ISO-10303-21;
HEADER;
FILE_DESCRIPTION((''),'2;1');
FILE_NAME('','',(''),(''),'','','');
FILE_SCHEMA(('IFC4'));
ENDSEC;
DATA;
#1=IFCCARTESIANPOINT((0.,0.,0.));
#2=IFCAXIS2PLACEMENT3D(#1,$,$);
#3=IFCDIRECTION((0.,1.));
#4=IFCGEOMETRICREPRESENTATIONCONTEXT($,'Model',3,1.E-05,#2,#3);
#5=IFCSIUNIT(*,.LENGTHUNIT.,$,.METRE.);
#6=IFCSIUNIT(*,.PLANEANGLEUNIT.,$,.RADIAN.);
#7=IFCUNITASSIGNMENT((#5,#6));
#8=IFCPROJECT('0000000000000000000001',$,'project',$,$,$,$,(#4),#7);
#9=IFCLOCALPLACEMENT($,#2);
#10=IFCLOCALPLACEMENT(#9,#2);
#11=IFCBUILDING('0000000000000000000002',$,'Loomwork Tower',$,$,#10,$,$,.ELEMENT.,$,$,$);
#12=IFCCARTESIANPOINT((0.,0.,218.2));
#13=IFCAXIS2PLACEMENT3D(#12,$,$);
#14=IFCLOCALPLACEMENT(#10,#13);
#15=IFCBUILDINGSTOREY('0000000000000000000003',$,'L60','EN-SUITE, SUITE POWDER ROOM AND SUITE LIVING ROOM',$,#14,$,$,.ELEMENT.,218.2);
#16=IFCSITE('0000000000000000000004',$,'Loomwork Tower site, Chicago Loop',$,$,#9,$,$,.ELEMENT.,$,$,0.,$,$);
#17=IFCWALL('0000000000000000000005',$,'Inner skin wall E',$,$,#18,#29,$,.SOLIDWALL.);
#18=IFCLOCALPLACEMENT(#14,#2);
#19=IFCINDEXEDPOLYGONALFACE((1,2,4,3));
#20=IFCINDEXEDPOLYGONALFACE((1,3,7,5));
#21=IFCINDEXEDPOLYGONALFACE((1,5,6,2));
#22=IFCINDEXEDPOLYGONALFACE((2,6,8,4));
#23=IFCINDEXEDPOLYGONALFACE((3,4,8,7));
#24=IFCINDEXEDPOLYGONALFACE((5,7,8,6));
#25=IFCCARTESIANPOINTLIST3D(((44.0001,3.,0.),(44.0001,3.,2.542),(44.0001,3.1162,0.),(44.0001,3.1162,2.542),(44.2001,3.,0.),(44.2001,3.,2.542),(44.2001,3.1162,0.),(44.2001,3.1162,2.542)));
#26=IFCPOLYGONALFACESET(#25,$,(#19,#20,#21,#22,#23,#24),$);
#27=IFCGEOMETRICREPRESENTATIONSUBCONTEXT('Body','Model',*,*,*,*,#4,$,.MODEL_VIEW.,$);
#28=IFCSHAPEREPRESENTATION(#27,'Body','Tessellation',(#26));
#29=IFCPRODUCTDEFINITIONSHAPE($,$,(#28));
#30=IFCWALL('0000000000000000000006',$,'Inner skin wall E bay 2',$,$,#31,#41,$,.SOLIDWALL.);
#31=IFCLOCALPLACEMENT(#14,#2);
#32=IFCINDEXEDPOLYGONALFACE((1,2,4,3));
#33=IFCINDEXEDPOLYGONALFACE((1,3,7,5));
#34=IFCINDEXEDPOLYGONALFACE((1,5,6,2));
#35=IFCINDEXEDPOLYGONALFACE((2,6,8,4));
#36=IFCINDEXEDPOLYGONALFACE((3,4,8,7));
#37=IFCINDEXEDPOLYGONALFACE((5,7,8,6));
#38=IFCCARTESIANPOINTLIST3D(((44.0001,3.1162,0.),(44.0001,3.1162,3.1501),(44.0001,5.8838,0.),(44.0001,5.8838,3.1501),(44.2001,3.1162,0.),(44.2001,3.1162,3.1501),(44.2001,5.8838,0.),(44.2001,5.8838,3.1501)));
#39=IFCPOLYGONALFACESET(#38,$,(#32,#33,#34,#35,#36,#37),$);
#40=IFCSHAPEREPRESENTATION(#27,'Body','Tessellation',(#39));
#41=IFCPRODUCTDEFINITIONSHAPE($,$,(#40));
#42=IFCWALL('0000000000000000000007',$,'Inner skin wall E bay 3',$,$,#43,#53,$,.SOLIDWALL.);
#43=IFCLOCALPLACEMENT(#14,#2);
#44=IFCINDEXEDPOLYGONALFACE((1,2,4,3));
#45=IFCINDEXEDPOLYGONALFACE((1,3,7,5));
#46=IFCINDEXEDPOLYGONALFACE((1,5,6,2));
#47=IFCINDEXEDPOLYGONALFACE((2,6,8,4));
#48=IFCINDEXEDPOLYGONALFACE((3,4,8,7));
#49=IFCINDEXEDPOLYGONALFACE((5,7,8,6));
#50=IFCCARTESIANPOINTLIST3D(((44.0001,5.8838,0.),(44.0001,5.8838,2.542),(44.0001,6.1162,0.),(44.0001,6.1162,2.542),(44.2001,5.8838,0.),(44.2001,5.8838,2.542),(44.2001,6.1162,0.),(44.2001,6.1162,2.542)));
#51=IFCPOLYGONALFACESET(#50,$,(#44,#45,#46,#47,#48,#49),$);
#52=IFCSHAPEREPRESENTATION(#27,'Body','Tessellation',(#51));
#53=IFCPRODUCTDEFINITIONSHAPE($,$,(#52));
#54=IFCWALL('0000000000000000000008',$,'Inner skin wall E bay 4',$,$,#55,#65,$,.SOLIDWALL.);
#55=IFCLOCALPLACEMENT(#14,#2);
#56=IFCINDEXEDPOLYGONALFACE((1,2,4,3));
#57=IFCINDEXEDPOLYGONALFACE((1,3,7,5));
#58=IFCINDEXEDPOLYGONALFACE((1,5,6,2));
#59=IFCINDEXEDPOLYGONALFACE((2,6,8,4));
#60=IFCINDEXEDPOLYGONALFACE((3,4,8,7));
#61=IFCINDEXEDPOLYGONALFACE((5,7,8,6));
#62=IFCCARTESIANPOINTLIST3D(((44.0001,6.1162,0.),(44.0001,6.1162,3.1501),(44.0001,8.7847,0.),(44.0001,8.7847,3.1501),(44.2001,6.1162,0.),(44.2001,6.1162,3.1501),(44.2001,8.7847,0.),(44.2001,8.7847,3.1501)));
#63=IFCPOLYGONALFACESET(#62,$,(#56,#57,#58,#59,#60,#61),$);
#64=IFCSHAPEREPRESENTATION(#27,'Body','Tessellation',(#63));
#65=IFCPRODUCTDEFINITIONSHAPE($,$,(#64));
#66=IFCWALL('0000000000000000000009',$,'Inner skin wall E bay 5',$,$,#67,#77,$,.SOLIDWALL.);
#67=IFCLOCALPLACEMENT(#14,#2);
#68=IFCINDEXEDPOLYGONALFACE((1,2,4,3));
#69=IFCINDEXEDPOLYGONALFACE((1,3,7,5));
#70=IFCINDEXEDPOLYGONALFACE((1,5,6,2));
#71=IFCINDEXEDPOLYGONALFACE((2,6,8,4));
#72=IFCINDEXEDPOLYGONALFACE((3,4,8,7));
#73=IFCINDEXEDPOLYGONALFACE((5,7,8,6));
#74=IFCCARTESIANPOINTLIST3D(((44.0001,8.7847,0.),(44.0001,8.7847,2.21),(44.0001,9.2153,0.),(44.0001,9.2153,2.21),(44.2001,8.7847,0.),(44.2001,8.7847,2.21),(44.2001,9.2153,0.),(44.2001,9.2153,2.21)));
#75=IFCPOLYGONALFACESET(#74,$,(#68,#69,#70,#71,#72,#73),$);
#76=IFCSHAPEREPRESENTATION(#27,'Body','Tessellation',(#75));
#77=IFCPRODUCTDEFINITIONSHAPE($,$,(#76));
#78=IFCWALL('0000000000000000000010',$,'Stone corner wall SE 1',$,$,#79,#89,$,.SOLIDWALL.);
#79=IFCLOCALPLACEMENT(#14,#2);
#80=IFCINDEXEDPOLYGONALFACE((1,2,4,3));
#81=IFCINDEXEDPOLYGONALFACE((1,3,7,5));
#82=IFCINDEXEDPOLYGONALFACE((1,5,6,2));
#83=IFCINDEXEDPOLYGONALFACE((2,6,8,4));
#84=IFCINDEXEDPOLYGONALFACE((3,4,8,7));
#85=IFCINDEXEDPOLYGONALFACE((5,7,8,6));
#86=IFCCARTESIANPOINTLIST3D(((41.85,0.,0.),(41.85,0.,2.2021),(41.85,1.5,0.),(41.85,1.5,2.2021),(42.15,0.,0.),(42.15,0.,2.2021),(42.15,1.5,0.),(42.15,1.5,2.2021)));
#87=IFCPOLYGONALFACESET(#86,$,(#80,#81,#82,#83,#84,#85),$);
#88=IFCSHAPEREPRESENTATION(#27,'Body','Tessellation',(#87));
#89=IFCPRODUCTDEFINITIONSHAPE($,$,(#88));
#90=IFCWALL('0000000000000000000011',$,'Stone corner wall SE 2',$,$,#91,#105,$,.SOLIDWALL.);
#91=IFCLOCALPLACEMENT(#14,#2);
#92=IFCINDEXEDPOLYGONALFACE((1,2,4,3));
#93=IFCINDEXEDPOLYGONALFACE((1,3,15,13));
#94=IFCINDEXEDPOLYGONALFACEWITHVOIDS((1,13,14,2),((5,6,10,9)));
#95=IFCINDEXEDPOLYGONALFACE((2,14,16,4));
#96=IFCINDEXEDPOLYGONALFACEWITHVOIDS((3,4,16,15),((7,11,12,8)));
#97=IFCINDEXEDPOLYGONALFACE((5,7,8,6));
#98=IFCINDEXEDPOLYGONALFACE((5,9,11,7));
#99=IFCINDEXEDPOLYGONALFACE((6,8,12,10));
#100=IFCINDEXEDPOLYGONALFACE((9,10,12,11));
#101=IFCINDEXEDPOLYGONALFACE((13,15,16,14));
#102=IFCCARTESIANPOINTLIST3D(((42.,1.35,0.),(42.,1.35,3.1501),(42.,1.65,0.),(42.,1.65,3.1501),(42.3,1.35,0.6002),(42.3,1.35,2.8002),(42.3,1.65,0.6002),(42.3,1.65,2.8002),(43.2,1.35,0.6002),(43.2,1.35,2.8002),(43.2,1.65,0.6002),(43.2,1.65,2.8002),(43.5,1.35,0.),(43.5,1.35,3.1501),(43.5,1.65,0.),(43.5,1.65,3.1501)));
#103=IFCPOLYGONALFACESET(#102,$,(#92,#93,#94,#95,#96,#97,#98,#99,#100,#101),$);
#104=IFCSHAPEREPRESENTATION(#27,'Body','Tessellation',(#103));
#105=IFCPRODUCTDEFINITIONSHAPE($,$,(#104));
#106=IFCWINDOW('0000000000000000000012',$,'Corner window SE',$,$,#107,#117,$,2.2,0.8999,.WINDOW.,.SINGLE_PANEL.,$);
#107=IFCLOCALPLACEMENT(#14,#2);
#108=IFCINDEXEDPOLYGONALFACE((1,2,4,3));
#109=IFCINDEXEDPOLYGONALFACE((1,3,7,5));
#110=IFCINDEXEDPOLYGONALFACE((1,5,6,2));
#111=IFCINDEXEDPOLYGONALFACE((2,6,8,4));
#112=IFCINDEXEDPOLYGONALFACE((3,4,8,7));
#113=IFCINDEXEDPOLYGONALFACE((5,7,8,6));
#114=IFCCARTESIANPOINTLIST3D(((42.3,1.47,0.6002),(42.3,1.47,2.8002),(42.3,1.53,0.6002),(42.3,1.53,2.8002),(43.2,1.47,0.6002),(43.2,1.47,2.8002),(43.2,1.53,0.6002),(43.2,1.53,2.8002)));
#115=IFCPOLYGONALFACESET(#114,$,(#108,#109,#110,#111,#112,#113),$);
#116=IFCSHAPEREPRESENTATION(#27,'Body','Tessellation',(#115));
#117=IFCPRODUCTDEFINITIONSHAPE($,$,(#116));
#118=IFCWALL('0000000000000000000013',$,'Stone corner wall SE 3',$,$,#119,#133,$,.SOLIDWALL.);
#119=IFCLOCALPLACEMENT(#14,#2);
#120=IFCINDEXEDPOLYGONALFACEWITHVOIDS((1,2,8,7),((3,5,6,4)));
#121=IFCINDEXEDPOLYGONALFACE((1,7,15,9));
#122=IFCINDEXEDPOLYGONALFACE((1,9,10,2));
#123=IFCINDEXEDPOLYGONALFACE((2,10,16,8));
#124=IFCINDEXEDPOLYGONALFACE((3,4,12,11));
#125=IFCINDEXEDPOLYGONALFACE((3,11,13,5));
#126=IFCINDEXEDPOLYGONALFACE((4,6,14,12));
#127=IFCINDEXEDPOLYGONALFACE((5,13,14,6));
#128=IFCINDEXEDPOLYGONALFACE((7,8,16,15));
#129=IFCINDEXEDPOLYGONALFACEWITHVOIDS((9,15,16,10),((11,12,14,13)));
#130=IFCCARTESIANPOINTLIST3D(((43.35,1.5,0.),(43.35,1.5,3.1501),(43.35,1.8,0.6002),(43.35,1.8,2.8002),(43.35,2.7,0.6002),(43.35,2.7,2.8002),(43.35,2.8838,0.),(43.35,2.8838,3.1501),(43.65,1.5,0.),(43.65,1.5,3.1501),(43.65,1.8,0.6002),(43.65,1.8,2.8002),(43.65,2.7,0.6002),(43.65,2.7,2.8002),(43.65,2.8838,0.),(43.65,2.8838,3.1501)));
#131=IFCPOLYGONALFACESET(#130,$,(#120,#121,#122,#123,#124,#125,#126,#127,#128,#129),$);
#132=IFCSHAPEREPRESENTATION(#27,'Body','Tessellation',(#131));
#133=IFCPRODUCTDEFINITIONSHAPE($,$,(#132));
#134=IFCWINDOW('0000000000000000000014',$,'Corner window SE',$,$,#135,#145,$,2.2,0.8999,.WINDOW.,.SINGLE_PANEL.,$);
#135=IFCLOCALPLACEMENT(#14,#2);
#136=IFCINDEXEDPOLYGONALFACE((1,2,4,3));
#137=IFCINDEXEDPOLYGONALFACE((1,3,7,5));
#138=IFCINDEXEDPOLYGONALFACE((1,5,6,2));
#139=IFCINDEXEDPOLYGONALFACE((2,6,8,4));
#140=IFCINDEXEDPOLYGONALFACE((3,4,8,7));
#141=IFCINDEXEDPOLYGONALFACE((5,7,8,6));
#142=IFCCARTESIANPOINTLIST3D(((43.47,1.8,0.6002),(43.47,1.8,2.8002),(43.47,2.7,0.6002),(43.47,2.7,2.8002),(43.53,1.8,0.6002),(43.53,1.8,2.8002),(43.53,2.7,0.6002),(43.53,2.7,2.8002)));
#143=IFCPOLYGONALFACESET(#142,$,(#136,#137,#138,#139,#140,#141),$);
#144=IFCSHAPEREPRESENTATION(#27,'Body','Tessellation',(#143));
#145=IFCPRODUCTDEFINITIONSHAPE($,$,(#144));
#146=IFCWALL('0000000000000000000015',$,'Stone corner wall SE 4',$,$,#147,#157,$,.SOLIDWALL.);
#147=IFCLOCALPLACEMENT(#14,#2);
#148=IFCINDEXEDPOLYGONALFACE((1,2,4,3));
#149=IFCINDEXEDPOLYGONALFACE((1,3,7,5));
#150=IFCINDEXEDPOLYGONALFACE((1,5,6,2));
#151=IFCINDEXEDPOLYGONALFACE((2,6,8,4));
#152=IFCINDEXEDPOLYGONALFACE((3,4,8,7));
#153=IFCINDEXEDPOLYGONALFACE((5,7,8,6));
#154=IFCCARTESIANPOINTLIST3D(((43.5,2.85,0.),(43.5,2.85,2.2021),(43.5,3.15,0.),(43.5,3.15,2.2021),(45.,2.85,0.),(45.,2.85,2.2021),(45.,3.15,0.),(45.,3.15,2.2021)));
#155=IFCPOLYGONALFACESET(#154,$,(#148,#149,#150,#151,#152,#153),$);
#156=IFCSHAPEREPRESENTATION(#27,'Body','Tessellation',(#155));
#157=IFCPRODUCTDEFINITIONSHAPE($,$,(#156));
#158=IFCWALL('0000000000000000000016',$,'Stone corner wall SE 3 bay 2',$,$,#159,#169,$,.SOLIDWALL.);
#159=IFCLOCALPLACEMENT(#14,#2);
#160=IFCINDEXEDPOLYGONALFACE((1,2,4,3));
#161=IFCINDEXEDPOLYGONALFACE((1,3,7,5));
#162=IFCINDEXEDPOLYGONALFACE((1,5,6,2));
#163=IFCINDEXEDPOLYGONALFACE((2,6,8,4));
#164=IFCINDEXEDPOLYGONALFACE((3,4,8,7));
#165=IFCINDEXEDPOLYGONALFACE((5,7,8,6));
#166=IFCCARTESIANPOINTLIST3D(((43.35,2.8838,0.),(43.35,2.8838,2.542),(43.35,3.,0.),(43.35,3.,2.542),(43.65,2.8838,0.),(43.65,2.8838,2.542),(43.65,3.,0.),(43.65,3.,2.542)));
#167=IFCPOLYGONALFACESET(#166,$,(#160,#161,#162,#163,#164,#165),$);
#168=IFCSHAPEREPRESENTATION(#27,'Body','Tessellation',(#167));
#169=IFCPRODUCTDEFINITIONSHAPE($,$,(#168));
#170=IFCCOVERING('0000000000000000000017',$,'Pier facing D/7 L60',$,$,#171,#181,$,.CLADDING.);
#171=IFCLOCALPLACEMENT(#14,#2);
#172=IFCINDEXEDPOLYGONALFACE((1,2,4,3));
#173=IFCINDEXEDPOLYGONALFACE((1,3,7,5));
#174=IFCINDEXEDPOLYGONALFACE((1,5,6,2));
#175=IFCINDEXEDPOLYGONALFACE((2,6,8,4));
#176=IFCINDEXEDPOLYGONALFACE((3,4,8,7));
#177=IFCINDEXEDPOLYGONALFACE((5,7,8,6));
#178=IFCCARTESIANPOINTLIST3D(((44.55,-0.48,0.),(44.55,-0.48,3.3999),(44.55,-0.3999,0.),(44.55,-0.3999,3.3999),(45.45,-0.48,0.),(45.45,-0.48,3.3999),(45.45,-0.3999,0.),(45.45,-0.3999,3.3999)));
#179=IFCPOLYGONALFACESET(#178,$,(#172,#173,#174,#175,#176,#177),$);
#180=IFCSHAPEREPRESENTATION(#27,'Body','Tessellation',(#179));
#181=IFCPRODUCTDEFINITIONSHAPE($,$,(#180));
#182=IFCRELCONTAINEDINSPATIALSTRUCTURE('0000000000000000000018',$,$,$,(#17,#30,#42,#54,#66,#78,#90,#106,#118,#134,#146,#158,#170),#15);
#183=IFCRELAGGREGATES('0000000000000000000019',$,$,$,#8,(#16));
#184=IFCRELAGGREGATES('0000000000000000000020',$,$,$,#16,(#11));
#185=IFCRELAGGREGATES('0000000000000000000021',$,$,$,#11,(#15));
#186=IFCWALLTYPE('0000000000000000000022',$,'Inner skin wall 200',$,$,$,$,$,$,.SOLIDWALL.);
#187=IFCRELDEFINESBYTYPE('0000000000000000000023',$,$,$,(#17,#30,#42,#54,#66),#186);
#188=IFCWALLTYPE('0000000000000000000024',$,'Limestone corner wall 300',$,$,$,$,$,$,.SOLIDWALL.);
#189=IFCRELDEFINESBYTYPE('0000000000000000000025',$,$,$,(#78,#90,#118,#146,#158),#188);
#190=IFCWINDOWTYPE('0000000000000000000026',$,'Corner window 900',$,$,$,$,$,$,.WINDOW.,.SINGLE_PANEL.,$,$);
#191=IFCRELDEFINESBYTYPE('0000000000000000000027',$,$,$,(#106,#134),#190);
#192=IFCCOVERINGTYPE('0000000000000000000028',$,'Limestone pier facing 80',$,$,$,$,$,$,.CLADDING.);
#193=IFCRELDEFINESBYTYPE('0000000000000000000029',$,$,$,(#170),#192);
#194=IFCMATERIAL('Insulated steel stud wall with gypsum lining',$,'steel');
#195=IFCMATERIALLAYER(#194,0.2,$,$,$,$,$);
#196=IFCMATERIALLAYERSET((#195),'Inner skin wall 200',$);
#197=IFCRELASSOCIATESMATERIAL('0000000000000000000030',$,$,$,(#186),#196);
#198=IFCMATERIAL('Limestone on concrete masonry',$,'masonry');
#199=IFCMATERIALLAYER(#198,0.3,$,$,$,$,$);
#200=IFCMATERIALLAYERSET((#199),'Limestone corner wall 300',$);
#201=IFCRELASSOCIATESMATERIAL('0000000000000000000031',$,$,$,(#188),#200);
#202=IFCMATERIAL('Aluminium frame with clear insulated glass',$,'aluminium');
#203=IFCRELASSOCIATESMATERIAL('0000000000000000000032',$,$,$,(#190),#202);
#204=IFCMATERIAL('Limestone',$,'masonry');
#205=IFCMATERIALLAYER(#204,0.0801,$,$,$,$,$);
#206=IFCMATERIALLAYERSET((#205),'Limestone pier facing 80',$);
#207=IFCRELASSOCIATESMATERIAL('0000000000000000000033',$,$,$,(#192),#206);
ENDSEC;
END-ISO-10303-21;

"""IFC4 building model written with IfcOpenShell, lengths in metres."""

from ifc_helpers import new_model, si_unit, direction, frame, frame_2d, origin, origin_2d, place, context, subcontext, project, spatial, rectangle, extrude, material, layer, layer_set, type_object, element, fill, save


model = new_model("IFC4")

# Units and contexts
model_context = context("Model", 3, precision=1e-05, world=origin(), true_north=direction((0.0, 1.0)))
body_context = subcontext(model_context, "Body", "Model", "MODEL_VIEW")
ifc_project = project(units=[si_unit("LENGTHUNIT", "METRE"), si_unit("PLANEANGLEUNIT", "RADIAN")], contexts=[model_context])

# Site, building, storey
site_placement = place(None, origin())
site = spatial("IfcSite", under=ifc_project, at=site_placement, Name="Loomwork Tower site, Chicago Loop", CompositionType="ELEMENT", RefElevation=0.0)
building_placement = place(site_placement, origin())
building = spatial("IfcBuilding", under=site, at=building_placement, Name="Loomwork Tower", CompositionType="ELEMENT")
storey_placement = place(building_placement, frame((0.0, 0.0, 218.2)))
storey = spatial("IfcBuildingStorey", under=building, at=storey_placement, Name="L60", Description="EN-SUITE, SUITE POWDER ROOM AND SUITE LIVING ROOM", CompositionType="ELEMENT", Elevation=218.2)

# Walls
ifc_material_1 = material(Name="Insulated steel stud wall with gypsum lining", Category="steel")
ifc_layer_1 = layer(ifc_material_1, 0.2)
ifc_layer_set_1 = layer_set([ifc_layer_1], Name="Inner skin wall 200")
wall_type_1 = type_object("IfcWallType", Name="Inner skin wall 200", PredefinedType="SOLIDWALL", material=ifc_layer_set_1)
wall_1_placement = place(storey_placement, frame((44.1001, 3.0, 0.0), z_axis=(0.0, 0.0, 1.0), x_axis=(0.0, 1.0, 0.0)))
element("IfcWall", 1, at=wall_1_placement, inside=storey, type_object=wall_type_1, Name="Inner skin wall E", PredefinedType="SOLIDWALL", context=body_context, shape_type="SweptSolid", body=[
    extrude(rectangle(XDim=0.1162, YDim=0.2, at=frame_2d((0.0581, 0.0))), origin(), (0.0, 0.0, 1.0), 2.542),
])
wall_2_placement = place(storey_placement, frame((44.1001, 3.1162, 0.0), z_axis=(0.0, 0.0, 1.0), x_axis=(0.0, 1.0, 0.0)))
element("IfcWall", 2, at=wall_2_placement, inside=storey, type_object=wall_type_1, Name="Inner skin wall E bay 2", PredefinedType="SOLIDWALL", context=body_context, shape_type="SweptSolid", body=[
    extrude(rectangle(XDim=2.7676, YDim=0.2, at=frame_2d((1.3838, 0.0))), origin(), (0.0, 0.0, 1.0), 3.1501),
])
wall_3_placement = place(storey_placement, frame((44.1001, 5.8838, 0.0), z_axis=(0.0, 0.0, 1.0), x_axis=(0.0, 1.0, 0.0)))
element("IfcWall", 3, at=wall_3_placement, inside=storey, type_object=wall_type_1, Name="Inner skin wall E bay 3", PredefinedType="SOLIDWALL", context=body_context, shape_type="SweptSolid", body=[
    extrude(rectangle(XDim=0.2324, YDim=0.2, at=frame_2d((0.1162, 0.0))), origin(), (0.0, 0.0, 1.0), 2.542),
])
wall_4_placement = place(storey_placement, frame((44.1001, 6.1162, 0.0), z_axis=(0.0, 0.0, 1.0), x_axis=(0.0, 1.0, 0.0)))
element("IfcWall", 4, at=wall_4_placement, inside=storey, type_object=wall_type_1, Name="Inner skin wall E bay 4", PredefinedType="SOLIDWALL", context=body_context, shape_type="SweptSolid", body=[
    extrude(rectangle(XDim=2.6685, YDim=0.2, at=frame_2d((1.3342, 0.0))), origin(), (0.0, 0.0, 1.0), 3.1501),
])
wall_5_placement = place(storey_placement, frame((44.1001, 8.7847, 0.0), z_axis=(0.0, 0.0, 1.0), x_axis=(0.0, 1.0, 0.0)))
element("IfcWall", 5, at=wall_5_placement, inside=storey, type_object=wall_type_1, Name="Inner skin wall E bay 5", PredefinedType="SOLIDWALL", context=body_context, shape_type="SweptSolid", body=[
    extrude(rectangle(XDim=0.4307, YDim=0.2, at=frame_2d((0.2153, 0.0))), origin(), (0.0, 0.0, 1.0), 2.21),
])
ifc_material_2 = material(Name="Limestone on concrete masonry", Category="masonry")
ifc_layer_2 = layer(ifc_material_2, 0.3)
ifc_layer_set_2 = layer_set([ifc_layer_2], Name="Limestone corner wall 300")
wall_type_2 = type_object("IfcWallType", Name="Limestone corner wall 300", PredefinedType="SOLIDWALL", material=ifc_layer_set_2)
wall_6_placement = place(storey_placement, frame((42.0, 0.0, 0.0), z_axis=(0.0, 0.0, 1.0), x_axis=(0.0, 1.0, 0.0)))
element("IfcWall", 6, at=wall_6_placement, inside=storey, type_object=wall_type_2, Name="Stone corner wall SE 1", PredefinedType="SOLIDWALL", context=body_context, shape_type="SweptSolid", body=[
    extrude(rectangle(XDim=1.5, YDim=0.3, at=frame_2d((0.75, 0.0))), origin(), (0.0, 0.0, 1.0), 2.2021),
])

# Walls, openings, windows
wall_7_placement = place(storey_placement, frame((42.0, 1.5, 0.0), z_axis=(0.0, 0.0, 1.0), x_axis=(1.0, 0.0, 0.0)))
wall_7 = element("IfcWall", 7, at=wall_7_placement, inside=storey, type_object=wall_type_2, Name="Stone corner wall SE 2", PredefinedType="SOLIDWALL", context=body_context, shape_type="SweptSolid", body=[
    extrude(rectangle(XDim=1.5, YDim=0.3, at=frame_2d((0.75, 0.0))), origin(), (0.0, 0.0, 1.0), 3.1501),
])
opening_1_placement = place(wall_7_placement, frame((0.3, 0.0, 0.6001)))
opening_1 = element("IfcOpeningElement", 8, at=opening_1_placement, cuts=wall_7, PredefinedType="OPENING", context=body_context, shape_type="SweptSolid", body=[
    extrude(rectangle(XDim=0.8999, YDim=2.2, at=frame_2d((0.45, 1.1001))), frame((0.0, 0.1599, 0.0), z_axis=(0.0, -1.0, 0.0), x_axis=(1.0, 0.0, 0.0)), (0.0, 0.0, 1.0), 0.3201),
])
ifc_material_3 = material(Name="Aluminium frame with clear insulated glass", Category="aluminium")
window_type = type_object("IfcWindowType", Name="Corner window 900", PartitioningType="SINGLE_PANEL", PredefinedType="WINDOW", material=ifc_material_3)
window_1_placement = place(opening_1_placement, origin())
window_1 = element("IfcWindow", 9, at=window_1_placement, inside=storey, type_object=window_type, Name="Corner window SE", OverallHeight=2.2, OverallWidth=0.8999, PartitioningType="SINGLE_PANEL", PredefinedType="WINDOW", context=body_context, shape_type="SweptSolid", body=[
    extrude(rectangle(XDim=0.8999, YDim=2.2, at=frame_2d((0.45, 1.1001))), frame((0.0, 0.03, 0.0), z_axis=(0.0, -1.0, 0.0), x_axis=(1.0, 0.0, 0.0)), (0.0, 0.0, 1.0), 0.0601),
])
fill(opening_1, window_1)
wall_8_placement = place(storey_placement, frame((43.5, 1.5, 0.0), z_axis=(0.0, 0.0, 1.0), x_axis=(0.0, 1.0, 0.0)))
wall_8 = element("IfcWall", 10, at=wall_8_placement, inside=storey, type_object=wall_type_2, Name="Stone corner wall SE 3", PredefinedType="SOLIDWALL", context=body_context, shape_type="SweptSolid", body=[
    extrude(rectangle(XDim=1.3838, YDim=0.3, at=frame_2d((0.6919, 0.0))), origin(), (0.0, 0.0, 1.0), 3.1501),
])
opening_2_placement = place(wall_8_placement, frame((0.3, 0.0, 0.6001)))
opening_2 = element("IfcOpeningElement", 11, at=opening_2_placement, cuts=wall_8, PredefinedType="OPENING", context=body_context, shape_type="SweptSolid", body=[
    extrude(rectangle(XDim=0.8999, YDim=2.2, at=frame_2d((0.45, 1.1001))), frame((0.0, 0.1599, 0.0), z_axis=(0.0, -1.0, 0.0), x_axis=(1.0, 0.0, 0.0)), (0.0, 0.0, 1.0), 0.3201),
])
window_2_placement = place(opening_2_placement, origin())
window_2 = element("IfcWindow", 12, at=window_2_placement, inside=storey, type_object=window_type, Name="Corner window SE", OverallHeight=2.2, OverallWidth=0.8999, PartitioningType="SINGLE_PANEL", PredefinedType="WINDOW", context=body_context, shape_type="SweptSolid", body=[
    extrude(rectangle(XDim=0.8999, YDim=2.2, at=frame_2d((0.45, 1.1001))), frame((0.0, 0.03, 0.0), z_axis=(0.0, -1.0, 0.0), x_axis=(1.0, 0.0, 0.0)), (0.0, 0.0, 1.0), 0.0601),
])
fill(opening_2, window_2)

# Walls
wall_9_placement = place(storey_placement, frame((43.5, 3.0, 0.0), z_axis=(0.0, 0.0, 1.0), x_axis=(1.0, 0.0, 0.0)))
element("IfcWall", 13, at=wall_9_placement, inside=storey, type_object=wall_type_2, Name="Stone corner wall SE 4", PredefinedType="SOLIDWALL", context=body_context, shape_type="SweptSolid", body=[
    extrude(rectangle(XDim=1.5, YDim=0.3, at=frame_2d((0.75, 0.0))), origin(), (0.0, 0.0, 1.0), 2.2021),
])
wall_10_placement = place(storey_placement, frame((43.5, 2.8838, 0.0), z_axis=(0.0, 0.0, 1.0), x_axis=(0.0, 1.0, 0.0)))
element("IfcWall", 14, at=wall_10_placement, inside=storey, type_object=wall_type_2, Name="Stone corner wall SE 3 bay 2", PredefinedType="SOLIDWALL", context=body_context, shape_type="SweptSolid", body=[
    extrude(rectangle(XDim=0.1162, YDim=0.3, at=frame_2d((0.0581, 0.0))), origin(), (0.0, 0.0, 1.0), 2.542),
])

# Covering
ifc_material_4 = material(Name="Limestone", Category="masonry")
ifc_layer_3 = layer(ifc_material_4, 0.0801)
ifc_layer_set_3 = layer_set([ifc_layer_3], Name="Limestone pier facing 80")
covering_type = type_object("IfcCoveringType", Name="Limestone pier facing 80", PredefinedType="CLADDING", material=ifc_layer_set_3)
covering_placement = place(storey_placement, frame((45.0, -0.4399, 0.0), z_axis=(0.0, 0.0, 1.0), x_axis=(1.0, 0.0, 0.0)))
element("IfcCovering", 15, at=covering_placement, inside=storey, type_object=covering_type, Name="Pier facing D/7 L60", PredefinedType="CLADDING", context=body_context, shape_type="SweptSolid", body=[
    extrude(rectangle(XDim=0.8999, YDim=0.0801, at=origin_2d()), origin(), (0.0, 0.0, 1.0), 3.3999),
])

save(model, "model.ifc")
